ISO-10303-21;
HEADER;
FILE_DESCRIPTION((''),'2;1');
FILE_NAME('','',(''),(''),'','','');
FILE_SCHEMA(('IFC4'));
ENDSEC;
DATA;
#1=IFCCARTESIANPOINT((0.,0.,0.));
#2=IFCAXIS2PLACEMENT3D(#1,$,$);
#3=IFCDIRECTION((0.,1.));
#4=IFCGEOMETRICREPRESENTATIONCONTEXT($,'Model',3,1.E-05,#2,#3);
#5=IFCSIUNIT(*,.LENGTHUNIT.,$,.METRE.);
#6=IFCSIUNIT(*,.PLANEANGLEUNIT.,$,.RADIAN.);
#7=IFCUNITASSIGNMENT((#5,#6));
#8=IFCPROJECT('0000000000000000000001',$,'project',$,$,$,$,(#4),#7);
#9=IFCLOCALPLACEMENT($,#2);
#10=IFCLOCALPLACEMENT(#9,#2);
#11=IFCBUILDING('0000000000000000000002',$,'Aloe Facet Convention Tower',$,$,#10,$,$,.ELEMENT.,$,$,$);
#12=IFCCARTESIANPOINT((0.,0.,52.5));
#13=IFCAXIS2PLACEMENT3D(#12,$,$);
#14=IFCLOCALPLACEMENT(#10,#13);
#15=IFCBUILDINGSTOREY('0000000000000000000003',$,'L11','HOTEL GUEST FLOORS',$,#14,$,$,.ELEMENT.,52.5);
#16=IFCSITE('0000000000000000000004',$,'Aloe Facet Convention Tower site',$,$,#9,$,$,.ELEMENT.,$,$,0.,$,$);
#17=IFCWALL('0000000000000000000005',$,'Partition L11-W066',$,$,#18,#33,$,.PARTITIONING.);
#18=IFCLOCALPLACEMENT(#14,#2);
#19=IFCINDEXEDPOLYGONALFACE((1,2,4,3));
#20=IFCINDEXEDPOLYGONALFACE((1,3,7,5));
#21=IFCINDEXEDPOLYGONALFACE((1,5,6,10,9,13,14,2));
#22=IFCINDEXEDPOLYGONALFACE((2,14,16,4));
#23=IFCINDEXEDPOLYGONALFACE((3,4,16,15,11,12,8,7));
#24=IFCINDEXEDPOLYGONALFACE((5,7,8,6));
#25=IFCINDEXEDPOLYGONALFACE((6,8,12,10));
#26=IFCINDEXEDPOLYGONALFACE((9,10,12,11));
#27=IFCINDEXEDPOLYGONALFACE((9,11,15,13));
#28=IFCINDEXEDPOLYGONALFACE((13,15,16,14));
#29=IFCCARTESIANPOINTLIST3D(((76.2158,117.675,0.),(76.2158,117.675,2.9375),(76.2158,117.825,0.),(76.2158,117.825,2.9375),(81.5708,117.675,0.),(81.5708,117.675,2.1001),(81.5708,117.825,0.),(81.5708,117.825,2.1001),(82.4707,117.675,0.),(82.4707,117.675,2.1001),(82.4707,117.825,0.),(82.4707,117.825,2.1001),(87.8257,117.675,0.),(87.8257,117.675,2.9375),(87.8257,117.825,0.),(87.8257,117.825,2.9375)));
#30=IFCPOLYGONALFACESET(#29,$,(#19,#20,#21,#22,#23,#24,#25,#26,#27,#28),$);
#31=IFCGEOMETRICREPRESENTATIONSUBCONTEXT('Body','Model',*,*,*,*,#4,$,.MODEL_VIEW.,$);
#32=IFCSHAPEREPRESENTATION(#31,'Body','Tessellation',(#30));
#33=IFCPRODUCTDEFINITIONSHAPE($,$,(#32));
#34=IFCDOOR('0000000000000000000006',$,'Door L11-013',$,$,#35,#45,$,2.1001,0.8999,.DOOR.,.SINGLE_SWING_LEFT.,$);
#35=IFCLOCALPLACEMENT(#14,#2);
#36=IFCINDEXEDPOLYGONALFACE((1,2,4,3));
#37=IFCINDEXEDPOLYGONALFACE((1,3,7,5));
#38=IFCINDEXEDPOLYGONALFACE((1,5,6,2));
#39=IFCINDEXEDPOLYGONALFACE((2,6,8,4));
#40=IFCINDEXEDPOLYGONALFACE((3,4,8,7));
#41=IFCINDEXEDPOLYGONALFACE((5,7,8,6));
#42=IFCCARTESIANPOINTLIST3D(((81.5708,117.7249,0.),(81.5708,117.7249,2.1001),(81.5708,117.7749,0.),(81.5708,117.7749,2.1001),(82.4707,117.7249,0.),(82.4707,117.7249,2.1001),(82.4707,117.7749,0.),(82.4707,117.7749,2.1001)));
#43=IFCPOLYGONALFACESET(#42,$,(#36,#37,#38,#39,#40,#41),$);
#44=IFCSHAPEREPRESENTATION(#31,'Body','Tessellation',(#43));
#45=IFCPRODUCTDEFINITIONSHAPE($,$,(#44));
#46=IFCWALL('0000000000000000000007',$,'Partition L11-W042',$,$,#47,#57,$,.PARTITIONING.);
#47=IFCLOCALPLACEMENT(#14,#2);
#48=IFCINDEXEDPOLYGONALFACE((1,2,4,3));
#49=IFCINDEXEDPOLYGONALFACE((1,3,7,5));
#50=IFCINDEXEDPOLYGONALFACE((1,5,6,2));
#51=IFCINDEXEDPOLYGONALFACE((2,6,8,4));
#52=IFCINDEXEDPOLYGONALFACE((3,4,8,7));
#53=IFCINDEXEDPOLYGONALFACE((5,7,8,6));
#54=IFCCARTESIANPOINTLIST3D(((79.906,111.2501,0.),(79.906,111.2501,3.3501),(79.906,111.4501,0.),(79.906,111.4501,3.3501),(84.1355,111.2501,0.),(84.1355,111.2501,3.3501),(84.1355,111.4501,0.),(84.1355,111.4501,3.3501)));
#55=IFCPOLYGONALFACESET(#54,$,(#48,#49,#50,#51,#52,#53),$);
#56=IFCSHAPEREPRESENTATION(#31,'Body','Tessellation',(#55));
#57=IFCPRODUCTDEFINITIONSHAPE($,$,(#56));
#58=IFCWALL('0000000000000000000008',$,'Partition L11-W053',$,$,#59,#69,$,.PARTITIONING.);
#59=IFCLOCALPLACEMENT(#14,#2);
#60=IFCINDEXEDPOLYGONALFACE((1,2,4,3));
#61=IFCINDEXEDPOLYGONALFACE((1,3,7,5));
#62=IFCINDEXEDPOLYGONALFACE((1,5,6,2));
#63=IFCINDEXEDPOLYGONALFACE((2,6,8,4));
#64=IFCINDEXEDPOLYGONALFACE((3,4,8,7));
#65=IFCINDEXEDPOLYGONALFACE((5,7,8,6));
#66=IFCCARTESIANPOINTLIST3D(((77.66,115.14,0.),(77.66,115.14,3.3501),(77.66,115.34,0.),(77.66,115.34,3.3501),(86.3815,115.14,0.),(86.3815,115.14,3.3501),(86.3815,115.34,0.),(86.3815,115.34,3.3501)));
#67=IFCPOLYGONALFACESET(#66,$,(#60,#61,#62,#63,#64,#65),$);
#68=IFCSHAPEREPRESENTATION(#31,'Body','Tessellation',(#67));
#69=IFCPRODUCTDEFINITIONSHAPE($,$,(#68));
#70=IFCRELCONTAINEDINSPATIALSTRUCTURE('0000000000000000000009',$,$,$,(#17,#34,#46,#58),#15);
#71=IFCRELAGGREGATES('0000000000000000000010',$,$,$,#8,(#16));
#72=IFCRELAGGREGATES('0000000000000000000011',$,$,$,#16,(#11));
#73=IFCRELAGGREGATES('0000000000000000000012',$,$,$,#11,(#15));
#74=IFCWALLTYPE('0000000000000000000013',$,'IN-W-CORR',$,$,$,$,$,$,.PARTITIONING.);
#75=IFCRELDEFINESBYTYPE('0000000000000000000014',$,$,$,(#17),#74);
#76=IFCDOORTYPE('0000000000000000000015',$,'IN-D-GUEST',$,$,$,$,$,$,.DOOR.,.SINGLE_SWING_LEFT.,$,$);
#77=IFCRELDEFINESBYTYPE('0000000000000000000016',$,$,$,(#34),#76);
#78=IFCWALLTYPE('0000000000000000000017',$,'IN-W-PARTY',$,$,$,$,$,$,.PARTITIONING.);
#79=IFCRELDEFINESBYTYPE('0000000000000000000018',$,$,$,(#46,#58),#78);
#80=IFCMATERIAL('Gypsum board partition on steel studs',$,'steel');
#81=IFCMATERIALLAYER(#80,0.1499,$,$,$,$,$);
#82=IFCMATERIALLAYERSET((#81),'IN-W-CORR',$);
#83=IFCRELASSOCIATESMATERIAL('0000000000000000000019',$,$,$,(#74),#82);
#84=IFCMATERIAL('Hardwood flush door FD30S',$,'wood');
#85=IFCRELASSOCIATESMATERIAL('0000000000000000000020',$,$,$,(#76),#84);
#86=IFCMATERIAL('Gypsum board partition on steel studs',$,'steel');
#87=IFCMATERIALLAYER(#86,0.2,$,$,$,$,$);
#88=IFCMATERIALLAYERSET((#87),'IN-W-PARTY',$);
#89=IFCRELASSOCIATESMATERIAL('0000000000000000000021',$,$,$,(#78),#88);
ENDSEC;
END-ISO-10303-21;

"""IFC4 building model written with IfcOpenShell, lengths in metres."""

from ifc_helpers import new_model, si_unit, direction, frame, frame_2d, origin, place, context, subcontext, project, spatial, rectangle, extrude, material, layer, layer_set, type_object, element, fill, save


model = new_model("IFC4")

# Units and contexts
model_context = context("Model", 3, precision=1e-05, world=origin(), true_north=direction((0.0, 1.0)))
body_context = subcontext(model_context, "Body", "Model", "MODEL_VIEW")
ifc_project = project(units=[si_unit("LENGTHUNIT", "METRE"), si_unit("PLANEANGLEUNIT", "RADIAN")], contexts=[model_context])

# Site, building, storey
site_placement = place(None, origin())
site = spatial("IfcSite", under=ifc_project, at=site_placement, Name="Aloe Facet Convention Tower site", CompositionType="ELEMENT", RefElevation=0.0)
building_placement = place(site_placement, origin())
building = spatial("IfcBuilding", under=site, at=building_placement, Name="Aloe Facet Convention Tower", CompositionType="ELEMENT")
storey_placement = place(building_placement, frame((0.0, 0.0, 52.5)))
storey = spatial("IfcBuildingStorey", under=building, at=storey_placement, Name="L11", Description="HOTEL GUEST FLOORS", CompositionType="ELEMENT", Elevation=52.5)

# Shared definitions
ifc_material_1 = material(Name="Gypsum board partition on steel studs", Category="steel")
ifc_layer_1 = layer(ifc_material_1, 0.1499)
ifc_layer_set_1 = layer_set([ifc_layer_1], Name="IN-W-CORR")
wall_type_1 = type_object("IfcWallType", Name="IN-W-CORR", PredefinedType="PARTITIONING", material=ifc_layer_set_1)
ifc_material_2 = material(Name="Hardwood flush door FD30S", Category="wood")
door_type_1 = type_object("IfcDoorType", Name="IN-D-GUEST", OperationType="SINGLE_SWING_LEFT", PredefinedType="DOOR", material=ifc_material_2)

# Wall, opening, door
wall_1_placement = place(storey_placement, frame((76.2158, 117.75, 0.0), z_axis=(0.0, 0.0, 1.0), x_axis=(1.0, 0.0, 0.0)))
wall_1 = element("IfcWall", 1, at=wall_1_placement, inside=storey, type_object=wall_type_1, Name="Partition L11-W066", PredefinedType="PARTITIONING", context=body_context, shape_type="SweptSolid", body=[
    extrude(rectangle(XDim=11.6099, YDim=0.1499, at=frame_2d((5.8049, 0.0))), origin(), (0.0, 0.0, 1.0), 2.9375),
])
opening_1_placement = place(wall_1_placement, frame((5.355, 0.0, 0.0)))
opening_1 = element("IfcOpeningElement", 2, at=opening_1_placement, cuts=wall_1, PredefinedType="OPENING", context=body_context, shape_type="SweptSolid", body=[
    extrude(rectangle(XDim=0.8999, YDim=2.1001, at=frame_2d((0.45, 1.05))), frame((0.0, 0.085, 0.0), z_axis=(0.0, -1.0, 0.0), x_axis=(1.0, 0.0, 0.0)), (0.0, 0.0, 1.0), 0.1699),
])
door_1_placement = place(opening_1_placement, origin())
door_1 = element("IfcDoor", 3, at=door_1_placement, inside=storey, type_object=door_type_1, Name="Door L11-013", OperationType="SINGLE_SWING_LEFT", OverallHeight=2.1001, OverallWidth=0.8999, PredefinedType="DOOR", context=body_context, shape_type="SweptSolid", body=[
    extrude(rectangle(XDim=0.8999, YDim=2.1001, at=frame_2d((0.45, 1.05))), frame((0.0, 0.0249, 0.0), z_axis=(0.0, -1.0, 0.0), x_axis=(1.0, 0.0, 0.0)), (0.0, 0.0, 1.0), 0.05),
])
fill(opening_1, door_1)

# Walls
ifc_material_3 = material(Name="Gypsum board partition on steel studs", Category="steel")
ifc_layer_2 = layer(ifc_material_3, 0.2)
ifc_layer_set_2 = layer_set([ifc_layer_2], Name="IN-W-PARTY")
wall_type_2 = type_object("IfcWallType", Name="IN-W-PARTY", PredefinedType="PARTITIONING", material=ifc_layer_set_2)
wall_2_placement = place(storey_placement, frame((79.906, 111.3501, 0.0), z_axis=(0.0, 0.0, 1.0), x_axis=(1.0, 0.0, 0.0)))
element("IfcWall", 4, at=wall_2_placement, inside=storey, type_object=wall_type_2, Name="Partition L11-W042", PredefinedType="PARTITIONING", context=body_context, shape_type="SweptSolid", body=[
    extrude(rectangle(XDim=4.2295, YDim=0.2, at=frame_2d((2.1147, 0.0))), origin(), (0.0, 0.0, 1.0), 3.3501),
])
wall_3_placement = place(storey_placement, frame((77.6599, 115.24, 0.0), z_axis=(0.0, 0.0, 1.0), x_axis=(1.0, 0.0, 0.0)))
element("IfcWall", 5, at=wall_3_placement, inside=storey, type_object=wall_type_2, Name="Partition L11-W053", PredefinedType="PARTITIONING", context=body_context, shape_type="SweptSolid", body=[
    extrude(rectangle(XDim=8.7214, YDim=0.2, at=frame_2d((4.3608, 0.0))), origin(), (0.0, 0.0, 1.0), 3.3501),
])

save(model, "model.ifc")
